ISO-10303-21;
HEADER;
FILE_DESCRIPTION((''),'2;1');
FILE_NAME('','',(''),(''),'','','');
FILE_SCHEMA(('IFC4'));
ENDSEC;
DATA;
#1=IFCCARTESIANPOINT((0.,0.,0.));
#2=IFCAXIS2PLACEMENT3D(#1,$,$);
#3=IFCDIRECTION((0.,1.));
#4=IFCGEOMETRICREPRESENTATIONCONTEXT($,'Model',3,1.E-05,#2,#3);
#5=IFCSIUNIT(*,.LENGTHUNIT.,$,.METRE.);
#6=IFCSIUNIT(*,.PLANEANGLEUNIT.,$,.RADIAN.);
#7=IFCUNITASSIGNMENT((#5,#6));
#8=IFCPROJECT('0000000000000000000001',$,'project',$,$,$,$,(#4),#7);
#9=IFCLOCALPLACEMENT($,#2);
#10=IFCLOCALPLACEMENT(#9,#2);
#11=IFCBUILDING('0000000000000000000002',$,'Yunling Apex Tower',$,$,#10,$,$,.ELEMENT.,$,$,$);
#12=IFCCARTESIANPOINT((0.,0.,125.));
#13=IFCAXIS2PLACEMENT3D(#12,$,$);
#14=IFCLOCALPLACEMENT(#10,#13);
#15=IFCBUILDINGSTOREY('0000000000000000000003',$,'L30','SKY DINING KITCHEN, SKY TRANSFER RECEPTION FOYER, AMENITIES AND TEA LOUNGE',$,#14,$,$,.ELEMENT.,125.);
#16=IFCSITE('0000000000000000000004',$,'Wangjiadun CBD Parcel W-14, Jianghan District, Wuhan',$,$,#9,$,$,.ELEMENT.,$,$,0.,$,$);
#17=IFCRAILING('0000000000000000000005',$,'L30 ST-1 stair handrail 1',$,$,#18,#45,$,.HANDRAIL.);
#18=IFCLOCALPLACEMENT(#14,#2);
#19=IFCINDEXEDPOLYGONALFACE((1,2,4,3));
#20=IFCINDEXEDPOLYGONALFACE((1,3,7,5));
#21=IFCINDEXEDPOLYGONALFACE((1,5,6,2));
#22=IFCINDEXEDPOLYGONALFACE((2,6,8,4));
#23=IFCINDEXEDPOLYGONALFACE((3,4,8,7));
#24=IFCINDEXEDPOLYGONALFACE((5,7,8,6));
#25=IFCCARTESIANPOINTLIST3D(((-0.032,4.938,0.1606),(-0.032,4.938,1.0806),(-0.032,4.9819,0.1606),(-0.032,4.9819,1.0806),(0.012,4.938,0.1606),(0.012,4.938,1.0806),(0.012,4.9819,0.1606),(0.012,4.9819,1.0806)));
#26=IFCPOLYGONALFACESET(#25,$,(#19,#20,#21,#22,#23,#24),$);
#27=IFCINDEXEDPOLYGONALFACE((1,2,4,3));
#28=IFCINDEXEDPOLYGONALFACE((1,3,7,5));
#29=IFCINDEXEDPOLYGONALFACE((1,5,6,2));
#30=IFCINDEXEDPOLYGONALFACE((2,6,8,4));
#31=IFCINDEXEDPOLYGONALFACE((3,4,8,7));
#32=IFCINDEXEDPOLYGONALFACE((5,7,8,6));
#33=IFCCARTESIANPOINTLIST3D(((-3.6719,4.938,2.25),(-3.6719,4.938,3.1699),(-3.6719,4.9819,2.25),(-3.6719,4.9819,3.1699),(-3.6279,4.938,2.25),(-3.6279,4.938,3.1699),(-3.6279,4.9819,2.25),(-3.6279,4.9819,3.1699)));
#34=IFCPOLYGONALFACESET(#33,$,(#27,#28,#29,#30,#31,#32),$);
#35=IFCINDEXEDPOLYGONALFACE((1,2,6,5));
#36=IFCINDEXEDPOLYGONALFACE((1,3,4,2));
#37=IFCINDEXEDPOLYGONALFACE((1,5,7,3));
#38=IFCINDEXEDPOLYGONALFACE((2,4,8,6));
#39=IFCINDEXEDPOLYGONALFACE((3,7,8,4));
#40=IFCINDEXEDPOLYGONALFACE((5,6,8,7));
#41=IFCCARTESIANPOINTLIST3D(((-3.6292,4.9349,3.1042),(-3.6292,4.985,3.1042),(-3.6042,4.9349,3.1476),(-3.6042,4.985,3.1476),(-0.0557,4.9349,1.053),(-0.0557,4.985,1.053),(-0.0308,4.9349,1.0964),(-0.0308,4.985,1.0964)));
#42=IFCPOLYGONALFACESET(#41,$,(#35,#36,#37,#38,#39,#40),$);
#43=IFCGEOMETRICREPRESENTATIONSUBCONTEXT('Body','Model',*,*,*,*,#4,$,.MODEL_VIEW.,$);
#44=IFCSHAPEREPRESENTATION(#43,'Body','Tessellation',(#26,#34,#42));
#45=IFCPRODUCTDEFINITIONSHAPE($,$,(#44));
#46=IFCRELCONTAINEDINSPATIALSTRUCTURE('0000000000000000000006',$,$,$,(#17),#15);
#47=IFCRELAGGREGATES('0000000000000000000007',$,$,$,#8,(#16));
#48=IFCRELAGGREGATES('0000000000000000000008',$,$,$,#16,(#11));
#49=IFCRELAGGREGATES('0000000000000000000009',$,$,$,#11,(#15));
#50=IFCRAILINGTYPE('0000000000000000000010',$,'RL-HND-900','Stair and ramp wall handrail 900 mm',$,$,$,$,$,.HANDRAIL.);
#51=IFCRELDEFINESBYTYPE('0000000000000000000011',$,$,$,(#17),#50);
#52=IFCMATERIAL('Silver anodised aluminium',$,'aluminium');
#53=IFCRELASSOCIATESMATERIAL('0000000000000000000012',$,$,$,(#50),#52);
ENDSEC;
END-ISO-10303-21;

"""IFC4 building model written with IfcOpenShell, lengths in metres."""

from ifc_helpers import new_model, si_unit, direction, frame, origin, origin_2d, place, context, subcontext, project, spatial, rectangle, extrude, material, type_object, element, save


model = new_model("IFC4")

# Units and contexts
model_context = context("Model", 3, precision=1e-05, world=origin(), true_north=direction((0.0, 1.0)))
body_context = subcontext(model_context, "Body", "Model", "MODEL_VIEW")
ifc_project = project(units=[si_unit("LENGTHUNIT", "METRE"), si_unit("PLANEANGLEUNIT", "RADIAN")], contexts=[model_context])

# Site, building, storey
site_placement = place(None, origin())
site = spatial("IfcSite", under=ifc_project, at=site_placement, Name="Wangjiadun CBD Parcel W-14, Jianghan District, Wuhan", CompositionType="ELEMENT", RefElevation=0.0)
building_placement = place(site_placement, origin())
building = spatial("IfcBuilding", under=site, at=building_placement, Name="Yunling Apex Tower", CompositionType="ELEMENT")
storey_placement = place(building_placement, frame((0.0, 0.0, 125.0)))
storey = spatial("IfcBuildingStorey", under=building, at=storey_placement, Name="L30", Description="SKY DINING KITCHEN, SKY TRANSFER RECEPTION FOYER, AMENITIES AND TEA LOUNGE", CompositionType="ELEMENT", Elevation=125.0)

# Railing
ifc_material_1 = material(Name="Silver anodised aluminium", Category="aluminium")
railing_type_1 = type_object("IfcRailingType", Name="RL-HND-900", Description="Stair and ramp wall handrail 900 mm", PredefinedType="HANDRAIL", material=ifc_material_1)
railing_1_placement = place(storey_placement, frame((-0.01, 4.96, 0.1606)))
element("IfcRailing", 1, at=railing_1_placement, inside=storey, type_object=railing_type_1, Name="L30 ST-1 stair handrail 1", PredefinedType="HANDRAIL", context=body_context, shape_type="SweptSolid", body=[
    extrude(rectangle(XDim=0.0439, YDim=0.0439, at=origin_2d()), origin(), (0.0, 0.0, 1.0), 0.9199),
    extrude(rectangle(XDim=0.0439, YDim=0.0439, at=origin_2d()), frame((-3.6399, 0.0, 2.0894)), (0.0, 0.0, 1.0), 0.9199),
    extrude(rectangle(XDim=0.05, YDim=0.05, at=origin_2d()), frame((-0.0332, 0.0, 0.9141), z_axis=(-0.867275, 0.0, 0.497829), x_axis=(0.0, -1.0, 0.0)), (0.0, 0.0, 1.0), 4.1204),
])

save(model, "model.ifc")
